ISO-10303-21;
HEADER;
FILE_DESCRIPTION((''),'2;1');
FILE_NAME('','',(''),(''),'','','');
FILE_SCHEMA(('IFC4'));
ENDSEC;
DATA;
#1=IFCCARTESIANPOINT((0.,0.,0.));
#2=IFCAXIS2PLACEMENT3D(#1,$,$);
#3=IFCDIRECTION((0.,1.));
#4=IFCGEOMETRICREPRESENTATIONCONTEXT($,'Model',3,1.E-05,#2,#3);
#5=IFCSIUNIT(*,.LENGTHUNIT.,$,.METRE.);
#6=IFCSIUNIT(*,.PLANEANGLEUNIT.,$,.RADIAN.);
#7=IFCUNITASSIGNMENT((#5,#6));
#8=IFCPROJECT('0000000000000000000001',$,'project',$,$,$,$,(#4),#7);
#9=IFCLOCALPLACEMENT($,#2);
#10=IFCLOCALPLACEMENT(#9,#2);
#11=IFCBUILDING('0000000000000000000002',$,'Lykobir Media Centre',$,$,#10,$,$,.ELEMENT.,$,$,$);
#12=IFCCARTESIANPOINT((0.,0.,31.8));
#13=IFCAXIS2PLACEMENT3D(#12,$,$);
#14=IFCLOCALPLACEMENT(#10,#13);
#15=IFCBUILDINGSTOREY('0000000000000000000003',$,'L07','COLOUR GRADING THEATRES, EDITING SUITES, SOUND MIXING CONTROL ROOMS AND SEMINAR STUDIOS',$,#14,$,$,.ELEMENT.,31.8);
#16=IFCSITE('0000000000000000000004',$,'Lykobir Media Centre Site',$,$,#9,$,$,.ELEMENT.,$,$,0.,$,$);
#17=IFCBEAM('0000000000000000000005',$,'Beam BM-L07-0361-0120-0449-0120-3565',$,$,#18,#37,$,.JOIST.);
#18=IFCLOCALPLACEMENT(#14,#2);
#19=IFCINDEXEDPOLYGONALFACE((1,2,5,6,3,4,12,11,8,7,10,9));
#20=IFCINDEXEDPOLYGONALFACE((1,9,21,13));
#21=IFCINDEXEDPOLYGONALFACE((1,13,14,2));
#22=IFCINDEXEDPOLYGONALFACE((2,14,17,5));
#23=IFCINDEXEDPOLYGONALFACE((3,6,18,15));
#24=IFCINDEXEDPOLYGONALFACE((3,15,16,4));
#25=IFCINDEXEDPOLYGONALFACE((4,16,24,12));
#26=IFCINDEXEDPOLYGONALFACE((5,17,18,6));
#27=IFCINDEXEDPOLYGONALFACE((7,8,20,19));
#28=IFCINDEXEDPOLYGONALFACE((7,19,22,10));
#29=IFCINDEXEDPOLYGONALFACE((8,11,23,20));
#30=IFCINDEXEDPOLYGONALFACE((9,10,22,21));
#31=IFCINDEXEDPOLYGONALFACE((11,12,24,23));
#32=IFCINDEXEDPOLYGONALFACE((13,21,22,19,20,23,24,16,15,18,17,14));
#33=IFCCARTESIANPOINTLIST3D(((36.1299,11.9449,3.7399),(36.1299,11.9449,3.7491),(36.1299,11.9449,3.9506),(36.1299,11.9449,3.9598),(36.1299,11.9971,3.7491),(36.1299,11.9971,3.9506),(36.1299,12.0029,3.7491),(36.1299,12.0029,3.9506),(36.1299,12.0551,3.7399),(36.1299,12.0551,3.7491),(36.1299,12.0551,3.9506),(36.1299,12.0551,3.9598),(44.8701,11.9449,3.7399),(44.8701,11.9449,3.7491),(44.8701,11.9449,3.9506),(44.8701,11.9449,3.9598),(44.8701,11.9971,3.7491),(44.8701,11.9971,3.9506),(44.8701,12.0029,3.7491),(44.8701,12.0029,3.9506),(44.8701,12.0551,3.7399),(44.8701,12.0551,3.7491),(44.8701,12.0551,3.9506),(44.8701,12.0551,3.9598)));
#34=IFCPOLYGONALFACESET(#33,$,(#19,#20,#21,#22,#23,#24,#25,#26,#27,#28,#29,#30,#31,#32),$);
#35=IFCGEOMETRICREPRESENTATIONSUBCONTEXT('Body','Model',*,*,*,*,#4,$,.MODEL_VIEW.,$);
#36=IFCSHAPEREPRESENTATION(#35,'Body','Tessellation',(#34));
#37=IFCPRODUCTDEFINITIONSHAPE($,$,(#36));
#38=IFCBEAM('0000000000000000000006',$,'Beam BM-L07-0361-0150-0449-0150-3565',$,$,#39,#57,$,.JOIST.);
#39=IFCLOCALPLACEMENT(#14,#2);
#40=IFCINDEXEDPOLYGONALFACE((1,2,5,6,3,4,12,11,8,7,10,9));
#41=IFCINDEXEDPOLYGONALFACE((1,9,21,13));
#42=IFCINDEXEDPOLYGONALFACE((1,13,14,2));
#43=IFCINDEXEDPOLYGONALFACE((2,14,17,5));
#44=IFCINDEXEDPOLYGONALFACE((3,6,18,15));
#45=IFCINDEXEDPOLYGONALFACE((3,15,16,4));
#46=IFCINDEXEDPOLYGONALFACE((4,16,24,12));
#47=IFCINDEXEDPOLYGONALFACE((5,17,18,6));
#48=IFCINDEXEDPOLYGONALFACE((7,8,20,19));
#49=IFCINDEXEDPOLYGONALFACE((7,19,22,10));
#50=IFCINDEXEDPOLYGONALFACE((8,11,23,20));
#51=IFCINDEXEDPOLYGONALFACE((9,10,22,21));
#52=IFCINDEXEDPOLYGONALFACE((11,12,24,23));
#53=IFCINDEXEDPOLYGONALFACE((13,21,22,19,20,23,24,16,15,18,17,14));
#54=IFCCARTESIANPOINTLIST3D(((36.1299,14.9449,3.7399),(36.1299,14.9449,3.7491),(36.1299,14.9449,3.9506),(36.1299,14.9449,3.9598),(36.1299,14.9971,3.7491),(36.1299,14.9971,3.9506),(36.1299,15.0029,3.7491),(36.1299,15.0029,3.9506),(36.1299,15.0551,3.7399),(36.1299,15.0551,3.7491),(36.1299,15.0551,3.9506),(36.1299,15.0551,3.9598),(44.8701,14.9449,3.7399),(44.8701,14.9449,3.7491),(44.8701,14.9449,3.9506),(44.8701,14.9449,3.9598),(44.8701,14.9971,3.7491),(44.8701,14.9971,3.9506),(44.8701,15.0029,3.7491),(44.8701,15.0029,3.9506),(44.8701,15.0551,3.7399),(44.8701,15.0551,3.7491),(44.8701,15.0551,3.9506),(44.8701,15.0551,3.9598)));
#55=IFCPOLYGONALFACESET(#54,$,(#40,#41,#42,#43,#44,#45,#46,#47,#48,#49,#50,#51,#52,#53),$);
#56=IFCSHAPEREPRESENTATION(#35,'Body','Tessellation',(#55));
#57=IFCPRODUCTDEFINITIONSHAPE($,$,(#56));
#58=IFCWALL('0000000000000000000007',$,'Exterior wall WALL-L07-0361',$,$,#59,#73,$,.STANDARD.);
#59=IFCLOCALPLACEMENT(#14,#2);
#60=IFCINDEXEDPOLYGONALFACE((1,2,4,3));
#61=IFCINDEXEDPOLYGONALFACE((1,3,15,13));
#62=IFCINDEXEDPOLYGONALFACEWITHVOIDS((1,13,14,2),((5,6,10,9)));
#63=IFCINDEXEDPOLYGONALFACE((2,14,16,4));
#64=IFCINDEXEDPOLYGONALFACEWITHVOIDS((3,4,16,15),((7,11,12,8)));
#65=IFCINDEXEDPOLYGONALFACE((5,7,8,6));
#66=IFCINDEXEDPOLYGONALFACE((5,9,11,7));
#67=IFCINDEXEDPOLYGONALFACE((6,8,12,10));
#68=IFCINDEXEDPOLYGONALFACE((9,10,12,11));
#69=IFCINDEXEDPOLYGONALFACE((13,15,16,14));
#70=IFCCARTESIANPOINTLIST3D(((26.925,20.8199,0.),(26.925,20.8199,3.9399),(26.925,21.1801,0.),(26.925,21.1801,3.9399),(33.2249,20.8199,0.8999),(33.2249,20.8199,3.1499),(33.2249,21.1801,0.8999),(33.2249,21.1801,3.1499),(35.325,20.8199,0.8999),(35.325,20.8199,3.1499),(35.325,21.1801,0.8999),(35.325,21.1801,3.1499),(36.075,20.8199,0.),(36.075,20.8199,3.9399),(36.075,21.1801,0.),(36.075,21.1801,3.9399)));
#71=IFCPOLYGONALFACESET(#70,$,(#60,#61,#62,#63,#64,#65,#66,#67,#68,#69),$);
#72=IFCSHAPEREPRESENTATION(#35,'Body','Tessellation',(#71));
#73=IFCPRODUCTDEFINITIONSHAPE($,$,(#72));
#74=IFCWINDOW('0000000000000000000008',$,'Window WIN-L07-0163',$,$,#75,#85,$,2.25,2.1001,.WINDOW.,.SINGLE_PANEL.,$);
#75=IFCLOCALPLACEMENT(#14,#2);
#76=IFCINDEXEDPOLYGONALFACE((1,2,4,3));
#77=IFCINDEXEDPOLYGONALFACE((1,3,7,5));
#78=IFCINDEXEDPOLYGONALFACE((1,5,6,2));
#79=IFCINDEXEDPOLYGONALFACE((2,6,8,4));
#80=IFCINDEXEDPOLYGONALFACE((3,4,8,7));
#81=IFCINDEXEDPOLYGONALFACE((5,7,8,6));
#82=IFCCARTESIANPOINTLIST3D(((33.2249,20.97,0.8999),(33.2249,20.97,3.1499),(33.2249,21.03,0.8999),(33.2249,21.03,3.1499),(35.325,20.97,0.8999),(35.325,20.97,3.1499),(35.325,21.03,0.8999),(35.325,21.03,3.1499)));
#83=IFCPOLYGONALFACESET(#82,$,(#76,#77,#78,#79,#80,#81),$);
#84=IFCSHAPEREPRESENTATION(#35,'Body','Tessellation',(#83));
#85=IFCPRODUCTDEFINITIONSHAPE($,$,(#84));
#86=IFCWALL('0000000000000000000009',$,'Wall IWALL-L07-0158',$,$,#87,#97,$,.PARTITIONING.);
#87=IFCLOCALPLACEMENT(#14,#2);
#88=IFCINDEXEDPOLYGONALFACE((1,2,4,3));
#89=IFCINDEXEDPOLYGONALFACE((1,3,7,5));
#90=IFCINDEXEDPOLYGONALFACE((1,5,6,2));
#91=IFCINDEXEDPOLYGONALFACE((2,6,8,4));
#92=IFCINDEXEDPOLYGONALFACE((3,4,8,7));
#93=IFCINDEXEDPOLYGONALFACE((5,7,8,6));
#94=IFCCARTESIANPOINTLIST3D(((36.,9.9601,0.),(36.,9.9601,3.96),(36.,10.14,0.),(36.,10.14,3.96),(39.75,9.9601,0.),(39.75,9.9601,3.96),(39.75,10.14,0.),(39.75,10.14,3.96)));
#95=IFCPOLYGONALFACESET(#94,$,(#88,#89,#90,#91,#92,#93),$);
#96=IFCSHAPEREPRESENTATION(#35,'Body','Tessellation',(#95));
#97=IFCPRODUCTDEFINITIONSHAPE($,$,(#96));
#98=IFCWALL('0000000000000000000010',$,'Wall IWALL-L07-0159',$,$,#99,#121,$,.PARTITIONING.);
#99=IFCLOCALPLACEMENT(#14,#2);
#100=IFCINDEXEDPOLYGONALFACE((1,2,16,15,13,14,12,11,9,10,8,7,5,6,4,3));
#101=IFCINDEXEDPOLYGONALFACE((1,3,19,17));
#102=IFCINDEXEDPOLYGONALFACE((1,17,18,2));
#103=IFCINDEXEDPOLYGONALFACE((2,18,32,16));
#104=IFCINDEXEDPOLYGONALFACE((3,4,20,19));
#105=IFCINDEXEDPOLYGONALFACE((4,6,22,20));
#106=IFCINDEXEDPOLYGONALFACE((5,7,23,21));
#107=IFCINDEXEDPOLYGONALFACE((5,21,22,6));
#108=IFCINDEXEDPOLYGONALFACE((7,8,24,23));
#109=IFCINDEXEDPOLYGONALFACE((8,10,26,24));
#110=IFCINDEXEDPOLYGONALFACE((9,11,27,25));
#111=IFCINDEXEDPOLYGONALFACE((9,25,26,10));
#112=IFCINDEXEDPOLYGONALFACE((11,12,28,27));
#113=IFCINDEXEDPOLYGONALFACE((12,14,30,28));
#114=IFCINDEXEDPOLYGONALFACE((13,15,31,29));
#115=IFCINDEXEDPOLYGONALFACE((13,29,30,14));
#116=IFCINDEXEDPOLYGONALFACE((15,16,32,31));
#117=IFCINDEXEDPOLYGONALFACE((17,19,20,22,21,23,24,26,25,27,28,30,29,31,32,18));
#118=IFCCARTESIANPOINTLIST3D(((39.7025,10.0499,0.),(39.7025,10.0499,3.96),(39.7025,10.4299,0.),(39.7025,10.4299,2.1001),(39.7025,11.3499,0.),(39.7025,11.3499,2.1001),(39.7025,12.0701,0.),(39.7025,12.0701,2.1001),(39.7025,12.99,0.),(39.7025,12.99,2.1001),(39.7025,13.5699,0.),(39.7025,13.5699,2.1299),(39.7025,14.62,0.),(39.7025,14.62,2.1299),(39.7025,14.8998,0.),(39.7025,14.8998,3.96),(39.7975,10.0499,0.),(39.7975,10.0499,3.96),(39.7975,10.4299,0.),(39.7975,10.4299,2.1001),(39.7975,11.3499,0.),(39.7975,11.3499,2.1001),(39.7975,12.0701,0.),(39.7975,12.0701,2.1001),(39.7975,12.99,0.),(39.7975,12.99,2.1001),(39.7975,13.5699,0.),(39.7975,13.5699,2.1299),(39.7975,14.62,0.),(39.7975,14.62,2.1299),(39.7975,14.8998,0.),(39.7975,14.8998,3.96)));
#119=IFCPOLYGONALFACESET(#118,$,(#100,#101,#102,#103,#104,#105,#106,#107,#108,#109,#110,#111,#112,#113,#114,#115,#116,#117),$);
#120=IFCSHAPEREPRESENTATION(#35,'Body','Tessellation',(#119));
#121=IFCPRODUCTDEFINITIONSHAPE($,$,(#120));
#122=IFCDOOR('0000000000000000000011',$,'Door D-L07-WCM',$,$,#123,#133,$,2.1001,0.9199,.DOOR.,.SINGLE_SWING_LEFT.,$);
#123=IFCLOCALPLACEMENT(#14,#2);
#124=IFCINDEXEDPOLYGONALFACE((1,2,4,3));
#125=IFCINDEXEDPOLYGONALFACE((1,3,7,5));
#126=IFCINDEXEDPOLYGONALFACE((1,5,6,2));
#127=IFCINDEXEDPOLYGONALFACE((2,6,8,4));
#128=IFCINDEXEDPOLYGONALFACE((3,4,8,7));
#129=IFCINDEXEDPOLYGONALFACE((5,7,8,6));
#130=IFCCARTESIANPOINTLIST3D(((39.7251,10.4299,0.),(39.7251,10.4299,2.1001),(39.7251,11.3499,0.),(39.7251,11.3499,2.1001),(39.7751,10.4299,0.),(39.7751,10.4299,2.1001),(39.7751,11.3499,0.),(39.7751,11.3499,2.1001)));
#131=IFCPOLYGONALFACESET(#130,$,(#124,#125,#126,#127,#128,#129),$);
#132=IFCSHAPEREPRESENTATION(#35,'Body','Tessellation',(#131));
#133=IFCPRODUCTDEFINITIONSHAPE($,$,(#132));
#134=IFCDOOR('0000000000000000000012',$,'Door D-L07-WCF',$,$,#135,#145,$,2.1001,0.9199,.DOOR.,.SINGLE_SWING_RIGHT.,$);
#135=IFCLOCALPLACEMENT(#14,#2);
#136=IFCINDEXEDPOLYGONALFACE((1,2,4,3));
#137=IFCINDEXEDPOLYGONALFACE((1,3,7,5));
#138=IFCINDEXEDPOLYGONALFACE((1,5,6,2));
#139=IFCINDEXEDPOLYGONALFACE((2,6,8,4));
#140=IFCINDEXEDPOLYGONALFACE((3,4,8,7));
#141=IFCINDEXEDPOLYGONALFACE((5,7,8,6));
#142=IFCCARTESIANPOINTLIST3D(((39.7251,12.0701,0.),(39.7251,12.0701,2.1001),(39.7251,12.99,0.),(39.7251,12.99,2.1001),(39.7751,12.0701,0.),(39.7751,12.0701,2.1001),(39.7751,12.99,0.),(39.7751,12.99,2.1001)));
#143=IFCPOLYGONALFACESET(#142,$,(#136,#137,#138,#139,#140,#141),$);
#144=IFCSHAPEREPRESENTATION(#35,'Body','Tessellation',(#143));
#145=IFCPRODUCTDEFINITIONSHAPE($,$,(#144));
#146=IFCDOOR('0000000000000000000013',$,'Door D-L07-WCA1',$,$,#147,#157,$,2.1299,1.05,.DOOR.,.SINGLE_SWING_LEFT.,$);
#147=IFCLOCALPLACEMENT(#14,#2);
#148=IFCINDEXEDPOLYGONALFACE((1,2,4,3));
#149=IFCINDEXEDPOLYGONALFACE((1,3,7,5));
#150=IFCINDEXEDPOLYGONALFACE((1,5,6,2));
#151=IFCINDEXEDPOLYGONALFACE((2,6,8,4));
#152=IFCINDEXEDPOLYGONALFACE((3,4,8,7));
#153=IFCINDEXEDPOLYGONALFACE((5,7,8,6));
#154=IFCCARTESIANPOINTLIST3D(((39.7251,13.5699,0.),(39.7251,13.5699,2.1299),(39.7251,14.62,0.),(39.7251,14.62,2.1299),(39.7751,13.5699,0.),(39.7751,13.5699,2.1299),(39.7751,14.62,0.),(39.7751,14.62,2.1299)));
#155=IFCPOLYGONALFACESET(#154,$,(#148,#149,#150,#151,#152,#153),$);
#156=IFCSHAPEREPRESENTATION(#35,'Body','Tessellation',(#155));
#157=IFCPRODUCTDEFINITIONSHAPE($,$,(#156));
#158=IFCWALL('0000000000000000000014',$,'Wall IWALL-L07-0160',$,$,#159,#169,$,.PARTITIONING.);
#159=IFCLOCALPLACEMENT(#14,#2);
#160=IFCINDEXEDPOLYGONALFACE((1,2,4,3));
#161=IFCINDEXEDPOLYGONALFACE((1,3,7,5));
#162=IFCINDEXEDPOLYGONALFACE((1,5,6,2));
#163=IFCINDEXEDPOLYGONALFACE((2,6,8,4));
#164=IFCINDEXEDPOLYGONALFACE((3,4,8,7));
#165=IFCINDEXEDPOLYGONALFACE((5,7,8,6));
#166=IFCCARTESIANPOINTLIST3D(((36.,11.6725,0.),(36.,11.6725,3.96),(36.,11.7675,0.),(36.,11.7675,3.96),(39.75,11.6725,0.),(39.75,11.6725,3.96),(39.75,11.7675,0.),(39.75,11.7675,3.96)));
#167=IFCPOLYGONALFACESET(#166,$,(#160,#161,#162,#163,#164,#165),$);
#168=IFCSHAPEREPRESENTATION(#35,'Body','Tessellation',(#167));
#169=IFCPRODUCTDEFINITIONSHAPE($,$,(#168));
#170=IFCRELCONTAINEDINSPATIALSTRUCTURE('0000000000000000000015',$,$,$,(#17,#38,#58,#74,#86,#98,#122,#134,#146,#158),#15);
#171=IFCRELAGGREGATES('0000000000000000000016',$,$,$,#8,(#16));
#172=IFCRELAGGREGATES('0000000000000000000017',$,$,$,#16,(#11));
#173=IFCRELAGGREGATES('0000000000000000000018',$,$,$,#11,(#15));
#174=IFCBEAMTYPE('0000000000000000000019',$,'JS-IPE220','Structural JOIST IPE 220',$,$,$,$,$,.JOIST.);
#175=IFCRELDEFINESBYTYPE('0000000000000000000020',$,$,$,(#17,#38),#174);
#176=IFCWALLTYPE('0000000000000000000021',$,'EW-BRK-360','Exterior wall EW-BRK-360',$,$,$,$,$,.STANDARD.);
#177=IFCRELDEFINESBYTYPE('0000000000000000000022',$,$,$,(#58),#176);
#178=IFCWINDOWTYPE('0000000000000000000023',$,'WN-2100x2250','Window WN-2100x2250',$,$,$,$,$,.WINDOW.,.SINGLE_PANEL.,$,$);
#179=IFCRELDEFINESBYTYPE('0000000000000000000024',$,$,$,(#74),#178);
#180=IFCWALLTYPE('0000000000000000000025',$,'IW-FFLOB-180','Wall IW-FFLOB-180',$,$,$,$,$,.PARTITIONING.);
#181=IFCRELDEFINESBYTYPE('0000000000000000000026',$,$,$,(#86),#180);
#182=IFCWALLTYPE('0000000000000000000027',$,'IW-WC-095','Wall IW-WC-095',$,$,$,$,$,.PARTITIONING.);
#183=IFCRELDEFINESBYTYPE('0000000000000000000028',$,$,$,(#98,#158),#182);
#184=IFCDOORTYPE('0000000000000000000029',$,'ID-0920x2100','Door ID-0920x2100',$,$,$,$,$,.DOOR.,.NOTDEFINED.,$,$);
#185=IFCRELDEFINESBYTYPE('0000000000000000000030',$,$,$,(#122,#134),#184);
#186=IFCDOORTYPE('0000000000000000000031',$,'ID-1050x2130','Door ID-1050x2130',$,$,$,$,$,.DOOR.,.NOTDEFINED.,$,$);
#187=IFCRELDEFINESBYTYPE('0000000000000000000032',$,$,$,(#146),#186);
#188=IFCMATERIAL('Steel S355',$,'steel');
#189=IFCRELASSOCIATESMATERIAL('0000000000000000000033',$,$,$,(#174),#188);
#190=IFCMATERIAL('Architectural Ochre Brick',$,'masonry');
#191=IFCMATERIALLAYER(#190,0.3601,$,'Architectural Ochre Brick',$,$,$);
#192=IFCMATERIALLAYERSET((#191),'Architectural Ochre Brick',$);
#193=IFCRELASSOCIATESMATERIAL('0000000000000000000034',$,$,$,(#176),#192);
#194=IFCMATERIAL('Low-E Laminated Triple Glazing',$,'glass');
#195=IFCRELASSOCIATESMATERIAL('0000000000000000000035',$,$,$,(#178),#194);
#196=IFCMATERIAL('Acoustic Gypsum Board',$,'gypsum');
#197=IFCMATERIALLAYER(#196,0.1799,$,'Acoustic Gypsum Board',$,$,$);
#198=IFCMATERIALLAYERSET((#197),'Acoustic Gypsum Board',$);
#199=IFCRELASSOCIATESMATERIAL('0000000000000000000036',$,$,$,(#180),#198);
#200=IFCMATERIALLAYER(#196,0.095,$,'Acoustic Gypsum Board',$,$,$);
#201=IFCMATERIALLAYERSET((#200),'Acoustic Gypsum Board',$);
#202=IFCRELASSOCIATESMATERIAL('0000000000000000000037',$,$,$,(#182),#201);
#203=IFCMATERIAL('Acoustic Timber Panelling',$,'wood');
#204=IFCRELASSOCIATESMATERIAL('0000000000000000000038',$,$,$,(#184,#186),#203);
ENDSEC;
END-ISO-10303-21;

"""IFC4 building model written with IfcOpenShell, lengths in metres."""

from ifc_helpers import new_model, si_unit, direction, frame, frame_2d, origin, origin_2d, place, context, subcontext, project, spatial, rectangle, i_section, extrude, material, layer, layer_set, material_profile, profile_set, type_object, element, fill, save


model = new_model("IFC4")

# Units and contexts
model_context = context("Model", 3, precision=1e-05, world=origin(), true_north=direction((0.0, 1.0)))
body_context = subcontext(model_context, "Body", "Model", "MODEL_VIEW")
ifc_project = project(units=[si_unit("LENGTHUNIT", "METRE"), si_unit("PLANEANGLEUNIT", "RADIAN")], contexts=[model_context])

# Site, building, storey
site_placement = place(None, origin())
site = spatial("IfcSite", under=ifc_project, at=site_placement, Name="Lykobir Media Centre Site", CompositionType="ELEMENT", RefElevation=0.0)
building_placement = place(site_placement, origin())
building = spatial("IfcBuilding", under=site, at=building_placement, Name="Lykobir Media Centre", CompositionType="ELEMENT")
storey_placement = place(building_placement, frame((0.0, 0.0, 31.8)))
storey = spatial("IfcBuildingStorey", under=building, at=storey_placement, Name="L07", Description="COLOUR GRADING THEATRES, EDITING SUITES, SOUND MIXING CONTROL ROOMS AND SEMINAR STUDIOS", CompositionType="ELEMENT", Elevation=31.8)

# Beams
ifc_material_1 = material(Name="Steel S355", Category="steel")
ifc_material_profile = material_profile(ifc_material_1, i_section(OverallWidth=0.1101, OverallDepth=0.22, WebThickness=0.0059, FlangeThickness=0.0093, at=origin_2d()), Name="IPE 220")
ifc_profile_set = profile_set([ifc_material_profile], Name="Steel S355")
beam_type = type_object("IfcBeamType", Name="JS-IPE220", Description="Structural JOIST IPE 220", PredefinedType="JOIST", material=ifc_profile_set)
for number, where, z_axis, x_axis, name in (
    (1, (36.1299, 12.0, 3.8499), (1.0, 0.0, 0.0), (0.0, 1.0, 0.0), "Beam BM-L07-0361-0120-0449-0120-3565"),
    (2, (36.1299, 15.0, 3.8499), (1.0, 0.0, 0.0), (0.0, 1.0, 0.0), "Beam BM-L07-0361-0150-0449-0150-3565"),
):
    element("IfcBeam", number, at=place(storey_placement, frame(where, z_axis=z_axis, x_axis=x_axis)), inside=storey, type_object=beam_type, Name=name, PredefinedType="JOIST", context=body_context, shape_type="SweptSolid", body=[
        extrude(i_section(OverallWidth=0.1101, OverallDepth=0.22, WebThickness=0.0059, FlangeThickness=0.0093, at=origin_2d()), origin(), (0.0, 0.0, 1.0), 8.7402),
    ])

# Wall, opening, window
ifc_material_2 = material(Name="Architectural Ochre Brick", Category="masonry")
ifc_layer_1 = layer(ifc_material_2, 0.3601, Name="Architectural Ochre Brick")
ifc_layer_set_1 = layer_set([ifc_layer_1], Name="Architectural Ochre Brick")
wall_type_1 = type_object("IfcWallType", Name="EW-BRK-360", Description="Exterior wall EW-BRK-360", PredefinedType="STANDARD", material=ifc_layer_set_1)
wall_1_placement = place(storey_placement, frame((36.075, 21.0, 0.0), z_axis=(0.0, 0.0, 1.0), x_axis=(-1.0, 0.0, 0.0)))
wall_1 = element("IfcWall", 3, at=wall_1_placement, inside=storey, type_object=wall_type_1, Name="Exterior wall WALL-L07-0361", PredefinedType="STANDARD", context=body_context, shape_type="SweptSolid", body=[
    extrude(rectangle(XDim=9.1499, YDim=0.3601, at=frame_2d((4.575, 0.0))), origin(), (0.0, 0.0, 1.0), 3.9399),
])
opening_1_placement = place(wall_1_placement, frame((0.75, 0.0, 0.8999)))
opening_1 = element("IfcOpeningElement", 4, at=opening_1_placement, cuts=wall_1, PredefinedType="OPENING", context=body_context, shape_type="SweptSolid", body=[
    extrude(rectangle(XDim=2.1001, YDim=2.25, at=frame_2d((1.05, 1.125))), frame((0.0, 0.1899, 0.0), z_axis=(0.0, -1.0, 0.0), x_axis=(1.0, 0.0, 0.0)), (0.0, 0.0, 1.0), 0.3801),
])
ifc_material_3 = material(Name="Low-E Laminated Triple Glazing", Category="glass")
window_type = type_object("IfcWindowType", Name="WN-2100x2250", Description="Window WN-2100x2250", PartitioningType="SINGLE_PANEL", PredefinedType="WINDOW", material=ifc_material_3)
window_placement = place(opening_1_placement, origin())
window = element("IfcWindow", 5, at=window_placement, inside=storey, type_object=window_type, Name="Window WIN-L07-0163", OverallHeight=2.25, OverallWidth=2.1001, PartitioningType="SINGLE_PANEL", PredefinedType="WINDOW", context=body_context, shape_type="SweptSolid", body=[
    extrude(rectangle(XDim=2.1001, YDim=2.25, at=frame_2d((1.05, 1.125))), frame((0.0, 0.03, 0.0), z_axis=(0.0, -1.0, 0.0), x_axis=(1.0, 0.0, 0.0)), (0.0, 0.0, 1.0), 0.0601),
])
fill(opening_1, window)

# Wall
ifc_material_4 = material(Name="Acoustic Gypsum Board", Category="gypsum")
ifc_layer_2 = layer(ifc_material_4, 0.1799, Name="Acoustic Gypsum Board")
ifc_layer_set_2 = layer_set([ifc_layer_2], Name="Acoustic Gypsum Board")
wall_type_2 = type_object("IfcWallType", Name="IW-FFLOB-180", Description="Wall IW-FFLOB-180", PredefinedType="PARTITIONING", material=ifc_layer_set_2)
wall_2_placement = place(storey_placement, frame((36.0, 10.05, 0.0), z_axis=(0.0, 0.0, 1.0), x_axis=(1.0, 0.0, 0.0)))
element("IfcWall", 6, at=wall_2_placement, inside=storey, type_object=wall_type_2, Name="Wall IWALL-L07-0158", PredefinedType="PARTITIONING", context=body_context, shape_type="SweptSolid", body=[
    extrude(rectangle(XDim=3.75, YDim=0.1799, at=frame_2d((1.875, 0.0))), origin(), (0.0, 0.0, 1.0), 3.96),
])

# Wall, openings, doors
ifc_layer_3 = layer(ifc_material_4, 0.095, Name="Acoustic Gypsum Board")
ifc_layer_set_3 = layer_set([ifc_layer_3], Name="Acoustic Gypsum Board")
wall_type_3 = type_object("IfcWallType", Name="IW-WC-095", Description="Wall IW-WC-095", PredefinedType="PARTITIONING", material=ifc_layer_set_3)
wall_3_placement = place(storey_placement, frame((39.75, 10.05, 0.0), z_axis=(0.0, 0.0, 1.0), x_axis=(0.0, 1.0, 0.0)))
wall_3 = element("IfcWall", 7, at=wall_3_placement, inside=storey, type_object=wall_type_3, Name="Wall IWALL-L07-0159", PredefinedType="PARTITIONING", context=body_context, shape_type="SweptSolid", body=[
    extrude(rectangle(XDim=4.8499, YDim=0.095, at=frame_2d((2.4248, 0.0))), origin(), (0.0, 0.0, 1.0), 3.96),
])
opening_2_placement = place(wall_3_placement, frame((0.3799, 0.0, 0.0)))
opening_2 = element("IfcOpeningElement", 8, at=opening_2_placement, cuts=wall_3, PredefinedType="OPENING", context=body_context, shape_type="SweptSolid", body=[
    extrude(rectangle(XDim=0.9199, YDim=2.1001, at=frame_2d((0.46, 1.05))), frame((0.0, 0.0574, 0.0), z_axis=(0.0, -1.0, 0.0), x_axis=(1.0, 0.0, 0.0)), (0.0, 0.0, 1.0), 0.115),
])
opening_3_placement = place(wall_3_placement, frame((2.02, 0.0, 0.0)))
opening_3 = element("IfcOpeningElement", 9, at=opening_3_placement, cuts=wall_3, PredefinedType="OPENING", context=body_context, shape_type="SweptSolid", body=[
    extrude(rectangle(XDim=0.9199, YDim=2.1001, at=frame_2d((0.46, 1.05))), frame((0.0, 0.0574, 0.0), z_axis=(0.0, -1.0, 0.0), x_axis=(1.0, 0.0, 0.0)), (0.0, 0.0, 1.0), 0.115),
])
opening_4_placement = place(wall_3_placement, frame((3.52, 0.0, 0.0)))
opening_4 = element("IfcOpeningElement", 10, at=opening_4_placement, cuts=wall_3, PredefinedType="OPENING", context=body_context, shape_type="SweptSolid", body=[
    extrude(rectangle(XDim=1.05, YDim=2.1299, at=frame_2d((0.5249, 1.0649))), frame((0.0, 0.0574, 0.0), z_axis=(0.0, -1.0, 0.0), x_axis=(1.0, 0.0, 0.0)), (0.0, 0.0, 1.0), 0.115),
])
ifc_material_5 = material(Name="Acoustic Timber Panelling", Category="wood")
door_type_1 = type_object("IfcDoorType", Name="ID-0920x2100", Description="Door ID-0920x2100", OperationType="NOTDEFINED", PredefinedType="DOOR", material=ifc_material_5)
door_1_placement = place(opening_2_placement, origin())
door_1 = element("IfcDoor", 11, at=door_1_placement, inside=storey, type_object=door_type_1, Name="Door D-L07-WCM", OperationType="SINGLE_SWING_LEFT", OverallHeight=2.1001, OverallWidth=0.9199, PredefinedType="DOOR", context=body_context, shape_type="SweptSolid", body=[
    extrude(rectangle(XDim=0.9199, YDim=2.1001, at=frame_2d((0.46, 1.05))), frame((0.0, 0.0249, 0.0), z_axis=(0.0, -1.0, 0.0), x_axis=(1.0, 0.0, 0.0)), (0.0, 0.0, 1.0), 0.05),
])
fill(opening_2, door_1)
door_2_placement = place(opening_3_placement, origin())
door_2 = element("IfcDoor", 12, at=door_2_placement, inside=storey, type_object=door_type_1, Name="Door D-L07-WCF", OperationType="SINGLE_SWING_RIGHT", OverallHeight=2.1001, OverallWidth=0.9199, PredefinedType="DOOR", context=body_context, shape_type="SweptSolid", body=[
    extrude(rectangle(XDim=0.9199, YDim=2.1001, at=frame_2d((0.46, 1.05))), frame((0.0, 0.0249, 0.0), z_axis=(0.0, -1.0, 0.0), x_axis=(1.0, 0.0, 0.0)), (0.0, 0.0, 1.0), 0.05),
])
fill(opening_3, door_2)
door_type_2 = type_object("IfcDoorType", Name="ID-1050x2130", Description="Door ID-1050x2130", OperationType="NOTDEFINED", PredefinedType="DOOR", material=ifc_material_5)
door_3_placement = place(opening_4_placement, origin())
door_3 = element("IfcDoor", 13, at=door_3_placement, inside=storey, type_object=door_type_2, Name="Door D-L07-WCA1", OperationType="SINGLE_SWING_LEFT", OverallHeight=2.1299, OverallWidth=1.05, PredefinedType="DOOR", context=body_context, shape_type="SweptSolid", body=[
    extrude(rectangle(XDim=1.05, YDim=2.1299, at=frame_2d((0.5249, 1.0649))), frame((0.0, 0.0249, 0.0), z_axis=(0.0, -1.0, 0.0), x_axis=(1.0, 0.0, 0.0)), (0.0, 0.0, 1.0), 0.05),
])
fill(opening_4, door_3)

# Wall
for number, where, z_axis, x_axis, name in (
    (14, (36.0, 11.72, 0.0), (0.0, 0.0, 1.0), (1.0, 0.0, 0.0), "Wall IWALL-L07-0160"),
):
    element("IfcWall", number, at=place(storey_placement, frame(where, z_axis=z_axis, x_axis=x_axis)), inside=storey, type_object=wall_type_3, Name=name, PredefinedType="PARTITIONING", context=body_context, shape_type="SweptSolid", body=[
        extrude(rectangle(XDim=3.75, YDim=0.095, at=frame_2d((1.875, 0.0))), origin(), (0.0, 0.0, 1.0), 3.96),
    ])

save(model, "model.ifc")
